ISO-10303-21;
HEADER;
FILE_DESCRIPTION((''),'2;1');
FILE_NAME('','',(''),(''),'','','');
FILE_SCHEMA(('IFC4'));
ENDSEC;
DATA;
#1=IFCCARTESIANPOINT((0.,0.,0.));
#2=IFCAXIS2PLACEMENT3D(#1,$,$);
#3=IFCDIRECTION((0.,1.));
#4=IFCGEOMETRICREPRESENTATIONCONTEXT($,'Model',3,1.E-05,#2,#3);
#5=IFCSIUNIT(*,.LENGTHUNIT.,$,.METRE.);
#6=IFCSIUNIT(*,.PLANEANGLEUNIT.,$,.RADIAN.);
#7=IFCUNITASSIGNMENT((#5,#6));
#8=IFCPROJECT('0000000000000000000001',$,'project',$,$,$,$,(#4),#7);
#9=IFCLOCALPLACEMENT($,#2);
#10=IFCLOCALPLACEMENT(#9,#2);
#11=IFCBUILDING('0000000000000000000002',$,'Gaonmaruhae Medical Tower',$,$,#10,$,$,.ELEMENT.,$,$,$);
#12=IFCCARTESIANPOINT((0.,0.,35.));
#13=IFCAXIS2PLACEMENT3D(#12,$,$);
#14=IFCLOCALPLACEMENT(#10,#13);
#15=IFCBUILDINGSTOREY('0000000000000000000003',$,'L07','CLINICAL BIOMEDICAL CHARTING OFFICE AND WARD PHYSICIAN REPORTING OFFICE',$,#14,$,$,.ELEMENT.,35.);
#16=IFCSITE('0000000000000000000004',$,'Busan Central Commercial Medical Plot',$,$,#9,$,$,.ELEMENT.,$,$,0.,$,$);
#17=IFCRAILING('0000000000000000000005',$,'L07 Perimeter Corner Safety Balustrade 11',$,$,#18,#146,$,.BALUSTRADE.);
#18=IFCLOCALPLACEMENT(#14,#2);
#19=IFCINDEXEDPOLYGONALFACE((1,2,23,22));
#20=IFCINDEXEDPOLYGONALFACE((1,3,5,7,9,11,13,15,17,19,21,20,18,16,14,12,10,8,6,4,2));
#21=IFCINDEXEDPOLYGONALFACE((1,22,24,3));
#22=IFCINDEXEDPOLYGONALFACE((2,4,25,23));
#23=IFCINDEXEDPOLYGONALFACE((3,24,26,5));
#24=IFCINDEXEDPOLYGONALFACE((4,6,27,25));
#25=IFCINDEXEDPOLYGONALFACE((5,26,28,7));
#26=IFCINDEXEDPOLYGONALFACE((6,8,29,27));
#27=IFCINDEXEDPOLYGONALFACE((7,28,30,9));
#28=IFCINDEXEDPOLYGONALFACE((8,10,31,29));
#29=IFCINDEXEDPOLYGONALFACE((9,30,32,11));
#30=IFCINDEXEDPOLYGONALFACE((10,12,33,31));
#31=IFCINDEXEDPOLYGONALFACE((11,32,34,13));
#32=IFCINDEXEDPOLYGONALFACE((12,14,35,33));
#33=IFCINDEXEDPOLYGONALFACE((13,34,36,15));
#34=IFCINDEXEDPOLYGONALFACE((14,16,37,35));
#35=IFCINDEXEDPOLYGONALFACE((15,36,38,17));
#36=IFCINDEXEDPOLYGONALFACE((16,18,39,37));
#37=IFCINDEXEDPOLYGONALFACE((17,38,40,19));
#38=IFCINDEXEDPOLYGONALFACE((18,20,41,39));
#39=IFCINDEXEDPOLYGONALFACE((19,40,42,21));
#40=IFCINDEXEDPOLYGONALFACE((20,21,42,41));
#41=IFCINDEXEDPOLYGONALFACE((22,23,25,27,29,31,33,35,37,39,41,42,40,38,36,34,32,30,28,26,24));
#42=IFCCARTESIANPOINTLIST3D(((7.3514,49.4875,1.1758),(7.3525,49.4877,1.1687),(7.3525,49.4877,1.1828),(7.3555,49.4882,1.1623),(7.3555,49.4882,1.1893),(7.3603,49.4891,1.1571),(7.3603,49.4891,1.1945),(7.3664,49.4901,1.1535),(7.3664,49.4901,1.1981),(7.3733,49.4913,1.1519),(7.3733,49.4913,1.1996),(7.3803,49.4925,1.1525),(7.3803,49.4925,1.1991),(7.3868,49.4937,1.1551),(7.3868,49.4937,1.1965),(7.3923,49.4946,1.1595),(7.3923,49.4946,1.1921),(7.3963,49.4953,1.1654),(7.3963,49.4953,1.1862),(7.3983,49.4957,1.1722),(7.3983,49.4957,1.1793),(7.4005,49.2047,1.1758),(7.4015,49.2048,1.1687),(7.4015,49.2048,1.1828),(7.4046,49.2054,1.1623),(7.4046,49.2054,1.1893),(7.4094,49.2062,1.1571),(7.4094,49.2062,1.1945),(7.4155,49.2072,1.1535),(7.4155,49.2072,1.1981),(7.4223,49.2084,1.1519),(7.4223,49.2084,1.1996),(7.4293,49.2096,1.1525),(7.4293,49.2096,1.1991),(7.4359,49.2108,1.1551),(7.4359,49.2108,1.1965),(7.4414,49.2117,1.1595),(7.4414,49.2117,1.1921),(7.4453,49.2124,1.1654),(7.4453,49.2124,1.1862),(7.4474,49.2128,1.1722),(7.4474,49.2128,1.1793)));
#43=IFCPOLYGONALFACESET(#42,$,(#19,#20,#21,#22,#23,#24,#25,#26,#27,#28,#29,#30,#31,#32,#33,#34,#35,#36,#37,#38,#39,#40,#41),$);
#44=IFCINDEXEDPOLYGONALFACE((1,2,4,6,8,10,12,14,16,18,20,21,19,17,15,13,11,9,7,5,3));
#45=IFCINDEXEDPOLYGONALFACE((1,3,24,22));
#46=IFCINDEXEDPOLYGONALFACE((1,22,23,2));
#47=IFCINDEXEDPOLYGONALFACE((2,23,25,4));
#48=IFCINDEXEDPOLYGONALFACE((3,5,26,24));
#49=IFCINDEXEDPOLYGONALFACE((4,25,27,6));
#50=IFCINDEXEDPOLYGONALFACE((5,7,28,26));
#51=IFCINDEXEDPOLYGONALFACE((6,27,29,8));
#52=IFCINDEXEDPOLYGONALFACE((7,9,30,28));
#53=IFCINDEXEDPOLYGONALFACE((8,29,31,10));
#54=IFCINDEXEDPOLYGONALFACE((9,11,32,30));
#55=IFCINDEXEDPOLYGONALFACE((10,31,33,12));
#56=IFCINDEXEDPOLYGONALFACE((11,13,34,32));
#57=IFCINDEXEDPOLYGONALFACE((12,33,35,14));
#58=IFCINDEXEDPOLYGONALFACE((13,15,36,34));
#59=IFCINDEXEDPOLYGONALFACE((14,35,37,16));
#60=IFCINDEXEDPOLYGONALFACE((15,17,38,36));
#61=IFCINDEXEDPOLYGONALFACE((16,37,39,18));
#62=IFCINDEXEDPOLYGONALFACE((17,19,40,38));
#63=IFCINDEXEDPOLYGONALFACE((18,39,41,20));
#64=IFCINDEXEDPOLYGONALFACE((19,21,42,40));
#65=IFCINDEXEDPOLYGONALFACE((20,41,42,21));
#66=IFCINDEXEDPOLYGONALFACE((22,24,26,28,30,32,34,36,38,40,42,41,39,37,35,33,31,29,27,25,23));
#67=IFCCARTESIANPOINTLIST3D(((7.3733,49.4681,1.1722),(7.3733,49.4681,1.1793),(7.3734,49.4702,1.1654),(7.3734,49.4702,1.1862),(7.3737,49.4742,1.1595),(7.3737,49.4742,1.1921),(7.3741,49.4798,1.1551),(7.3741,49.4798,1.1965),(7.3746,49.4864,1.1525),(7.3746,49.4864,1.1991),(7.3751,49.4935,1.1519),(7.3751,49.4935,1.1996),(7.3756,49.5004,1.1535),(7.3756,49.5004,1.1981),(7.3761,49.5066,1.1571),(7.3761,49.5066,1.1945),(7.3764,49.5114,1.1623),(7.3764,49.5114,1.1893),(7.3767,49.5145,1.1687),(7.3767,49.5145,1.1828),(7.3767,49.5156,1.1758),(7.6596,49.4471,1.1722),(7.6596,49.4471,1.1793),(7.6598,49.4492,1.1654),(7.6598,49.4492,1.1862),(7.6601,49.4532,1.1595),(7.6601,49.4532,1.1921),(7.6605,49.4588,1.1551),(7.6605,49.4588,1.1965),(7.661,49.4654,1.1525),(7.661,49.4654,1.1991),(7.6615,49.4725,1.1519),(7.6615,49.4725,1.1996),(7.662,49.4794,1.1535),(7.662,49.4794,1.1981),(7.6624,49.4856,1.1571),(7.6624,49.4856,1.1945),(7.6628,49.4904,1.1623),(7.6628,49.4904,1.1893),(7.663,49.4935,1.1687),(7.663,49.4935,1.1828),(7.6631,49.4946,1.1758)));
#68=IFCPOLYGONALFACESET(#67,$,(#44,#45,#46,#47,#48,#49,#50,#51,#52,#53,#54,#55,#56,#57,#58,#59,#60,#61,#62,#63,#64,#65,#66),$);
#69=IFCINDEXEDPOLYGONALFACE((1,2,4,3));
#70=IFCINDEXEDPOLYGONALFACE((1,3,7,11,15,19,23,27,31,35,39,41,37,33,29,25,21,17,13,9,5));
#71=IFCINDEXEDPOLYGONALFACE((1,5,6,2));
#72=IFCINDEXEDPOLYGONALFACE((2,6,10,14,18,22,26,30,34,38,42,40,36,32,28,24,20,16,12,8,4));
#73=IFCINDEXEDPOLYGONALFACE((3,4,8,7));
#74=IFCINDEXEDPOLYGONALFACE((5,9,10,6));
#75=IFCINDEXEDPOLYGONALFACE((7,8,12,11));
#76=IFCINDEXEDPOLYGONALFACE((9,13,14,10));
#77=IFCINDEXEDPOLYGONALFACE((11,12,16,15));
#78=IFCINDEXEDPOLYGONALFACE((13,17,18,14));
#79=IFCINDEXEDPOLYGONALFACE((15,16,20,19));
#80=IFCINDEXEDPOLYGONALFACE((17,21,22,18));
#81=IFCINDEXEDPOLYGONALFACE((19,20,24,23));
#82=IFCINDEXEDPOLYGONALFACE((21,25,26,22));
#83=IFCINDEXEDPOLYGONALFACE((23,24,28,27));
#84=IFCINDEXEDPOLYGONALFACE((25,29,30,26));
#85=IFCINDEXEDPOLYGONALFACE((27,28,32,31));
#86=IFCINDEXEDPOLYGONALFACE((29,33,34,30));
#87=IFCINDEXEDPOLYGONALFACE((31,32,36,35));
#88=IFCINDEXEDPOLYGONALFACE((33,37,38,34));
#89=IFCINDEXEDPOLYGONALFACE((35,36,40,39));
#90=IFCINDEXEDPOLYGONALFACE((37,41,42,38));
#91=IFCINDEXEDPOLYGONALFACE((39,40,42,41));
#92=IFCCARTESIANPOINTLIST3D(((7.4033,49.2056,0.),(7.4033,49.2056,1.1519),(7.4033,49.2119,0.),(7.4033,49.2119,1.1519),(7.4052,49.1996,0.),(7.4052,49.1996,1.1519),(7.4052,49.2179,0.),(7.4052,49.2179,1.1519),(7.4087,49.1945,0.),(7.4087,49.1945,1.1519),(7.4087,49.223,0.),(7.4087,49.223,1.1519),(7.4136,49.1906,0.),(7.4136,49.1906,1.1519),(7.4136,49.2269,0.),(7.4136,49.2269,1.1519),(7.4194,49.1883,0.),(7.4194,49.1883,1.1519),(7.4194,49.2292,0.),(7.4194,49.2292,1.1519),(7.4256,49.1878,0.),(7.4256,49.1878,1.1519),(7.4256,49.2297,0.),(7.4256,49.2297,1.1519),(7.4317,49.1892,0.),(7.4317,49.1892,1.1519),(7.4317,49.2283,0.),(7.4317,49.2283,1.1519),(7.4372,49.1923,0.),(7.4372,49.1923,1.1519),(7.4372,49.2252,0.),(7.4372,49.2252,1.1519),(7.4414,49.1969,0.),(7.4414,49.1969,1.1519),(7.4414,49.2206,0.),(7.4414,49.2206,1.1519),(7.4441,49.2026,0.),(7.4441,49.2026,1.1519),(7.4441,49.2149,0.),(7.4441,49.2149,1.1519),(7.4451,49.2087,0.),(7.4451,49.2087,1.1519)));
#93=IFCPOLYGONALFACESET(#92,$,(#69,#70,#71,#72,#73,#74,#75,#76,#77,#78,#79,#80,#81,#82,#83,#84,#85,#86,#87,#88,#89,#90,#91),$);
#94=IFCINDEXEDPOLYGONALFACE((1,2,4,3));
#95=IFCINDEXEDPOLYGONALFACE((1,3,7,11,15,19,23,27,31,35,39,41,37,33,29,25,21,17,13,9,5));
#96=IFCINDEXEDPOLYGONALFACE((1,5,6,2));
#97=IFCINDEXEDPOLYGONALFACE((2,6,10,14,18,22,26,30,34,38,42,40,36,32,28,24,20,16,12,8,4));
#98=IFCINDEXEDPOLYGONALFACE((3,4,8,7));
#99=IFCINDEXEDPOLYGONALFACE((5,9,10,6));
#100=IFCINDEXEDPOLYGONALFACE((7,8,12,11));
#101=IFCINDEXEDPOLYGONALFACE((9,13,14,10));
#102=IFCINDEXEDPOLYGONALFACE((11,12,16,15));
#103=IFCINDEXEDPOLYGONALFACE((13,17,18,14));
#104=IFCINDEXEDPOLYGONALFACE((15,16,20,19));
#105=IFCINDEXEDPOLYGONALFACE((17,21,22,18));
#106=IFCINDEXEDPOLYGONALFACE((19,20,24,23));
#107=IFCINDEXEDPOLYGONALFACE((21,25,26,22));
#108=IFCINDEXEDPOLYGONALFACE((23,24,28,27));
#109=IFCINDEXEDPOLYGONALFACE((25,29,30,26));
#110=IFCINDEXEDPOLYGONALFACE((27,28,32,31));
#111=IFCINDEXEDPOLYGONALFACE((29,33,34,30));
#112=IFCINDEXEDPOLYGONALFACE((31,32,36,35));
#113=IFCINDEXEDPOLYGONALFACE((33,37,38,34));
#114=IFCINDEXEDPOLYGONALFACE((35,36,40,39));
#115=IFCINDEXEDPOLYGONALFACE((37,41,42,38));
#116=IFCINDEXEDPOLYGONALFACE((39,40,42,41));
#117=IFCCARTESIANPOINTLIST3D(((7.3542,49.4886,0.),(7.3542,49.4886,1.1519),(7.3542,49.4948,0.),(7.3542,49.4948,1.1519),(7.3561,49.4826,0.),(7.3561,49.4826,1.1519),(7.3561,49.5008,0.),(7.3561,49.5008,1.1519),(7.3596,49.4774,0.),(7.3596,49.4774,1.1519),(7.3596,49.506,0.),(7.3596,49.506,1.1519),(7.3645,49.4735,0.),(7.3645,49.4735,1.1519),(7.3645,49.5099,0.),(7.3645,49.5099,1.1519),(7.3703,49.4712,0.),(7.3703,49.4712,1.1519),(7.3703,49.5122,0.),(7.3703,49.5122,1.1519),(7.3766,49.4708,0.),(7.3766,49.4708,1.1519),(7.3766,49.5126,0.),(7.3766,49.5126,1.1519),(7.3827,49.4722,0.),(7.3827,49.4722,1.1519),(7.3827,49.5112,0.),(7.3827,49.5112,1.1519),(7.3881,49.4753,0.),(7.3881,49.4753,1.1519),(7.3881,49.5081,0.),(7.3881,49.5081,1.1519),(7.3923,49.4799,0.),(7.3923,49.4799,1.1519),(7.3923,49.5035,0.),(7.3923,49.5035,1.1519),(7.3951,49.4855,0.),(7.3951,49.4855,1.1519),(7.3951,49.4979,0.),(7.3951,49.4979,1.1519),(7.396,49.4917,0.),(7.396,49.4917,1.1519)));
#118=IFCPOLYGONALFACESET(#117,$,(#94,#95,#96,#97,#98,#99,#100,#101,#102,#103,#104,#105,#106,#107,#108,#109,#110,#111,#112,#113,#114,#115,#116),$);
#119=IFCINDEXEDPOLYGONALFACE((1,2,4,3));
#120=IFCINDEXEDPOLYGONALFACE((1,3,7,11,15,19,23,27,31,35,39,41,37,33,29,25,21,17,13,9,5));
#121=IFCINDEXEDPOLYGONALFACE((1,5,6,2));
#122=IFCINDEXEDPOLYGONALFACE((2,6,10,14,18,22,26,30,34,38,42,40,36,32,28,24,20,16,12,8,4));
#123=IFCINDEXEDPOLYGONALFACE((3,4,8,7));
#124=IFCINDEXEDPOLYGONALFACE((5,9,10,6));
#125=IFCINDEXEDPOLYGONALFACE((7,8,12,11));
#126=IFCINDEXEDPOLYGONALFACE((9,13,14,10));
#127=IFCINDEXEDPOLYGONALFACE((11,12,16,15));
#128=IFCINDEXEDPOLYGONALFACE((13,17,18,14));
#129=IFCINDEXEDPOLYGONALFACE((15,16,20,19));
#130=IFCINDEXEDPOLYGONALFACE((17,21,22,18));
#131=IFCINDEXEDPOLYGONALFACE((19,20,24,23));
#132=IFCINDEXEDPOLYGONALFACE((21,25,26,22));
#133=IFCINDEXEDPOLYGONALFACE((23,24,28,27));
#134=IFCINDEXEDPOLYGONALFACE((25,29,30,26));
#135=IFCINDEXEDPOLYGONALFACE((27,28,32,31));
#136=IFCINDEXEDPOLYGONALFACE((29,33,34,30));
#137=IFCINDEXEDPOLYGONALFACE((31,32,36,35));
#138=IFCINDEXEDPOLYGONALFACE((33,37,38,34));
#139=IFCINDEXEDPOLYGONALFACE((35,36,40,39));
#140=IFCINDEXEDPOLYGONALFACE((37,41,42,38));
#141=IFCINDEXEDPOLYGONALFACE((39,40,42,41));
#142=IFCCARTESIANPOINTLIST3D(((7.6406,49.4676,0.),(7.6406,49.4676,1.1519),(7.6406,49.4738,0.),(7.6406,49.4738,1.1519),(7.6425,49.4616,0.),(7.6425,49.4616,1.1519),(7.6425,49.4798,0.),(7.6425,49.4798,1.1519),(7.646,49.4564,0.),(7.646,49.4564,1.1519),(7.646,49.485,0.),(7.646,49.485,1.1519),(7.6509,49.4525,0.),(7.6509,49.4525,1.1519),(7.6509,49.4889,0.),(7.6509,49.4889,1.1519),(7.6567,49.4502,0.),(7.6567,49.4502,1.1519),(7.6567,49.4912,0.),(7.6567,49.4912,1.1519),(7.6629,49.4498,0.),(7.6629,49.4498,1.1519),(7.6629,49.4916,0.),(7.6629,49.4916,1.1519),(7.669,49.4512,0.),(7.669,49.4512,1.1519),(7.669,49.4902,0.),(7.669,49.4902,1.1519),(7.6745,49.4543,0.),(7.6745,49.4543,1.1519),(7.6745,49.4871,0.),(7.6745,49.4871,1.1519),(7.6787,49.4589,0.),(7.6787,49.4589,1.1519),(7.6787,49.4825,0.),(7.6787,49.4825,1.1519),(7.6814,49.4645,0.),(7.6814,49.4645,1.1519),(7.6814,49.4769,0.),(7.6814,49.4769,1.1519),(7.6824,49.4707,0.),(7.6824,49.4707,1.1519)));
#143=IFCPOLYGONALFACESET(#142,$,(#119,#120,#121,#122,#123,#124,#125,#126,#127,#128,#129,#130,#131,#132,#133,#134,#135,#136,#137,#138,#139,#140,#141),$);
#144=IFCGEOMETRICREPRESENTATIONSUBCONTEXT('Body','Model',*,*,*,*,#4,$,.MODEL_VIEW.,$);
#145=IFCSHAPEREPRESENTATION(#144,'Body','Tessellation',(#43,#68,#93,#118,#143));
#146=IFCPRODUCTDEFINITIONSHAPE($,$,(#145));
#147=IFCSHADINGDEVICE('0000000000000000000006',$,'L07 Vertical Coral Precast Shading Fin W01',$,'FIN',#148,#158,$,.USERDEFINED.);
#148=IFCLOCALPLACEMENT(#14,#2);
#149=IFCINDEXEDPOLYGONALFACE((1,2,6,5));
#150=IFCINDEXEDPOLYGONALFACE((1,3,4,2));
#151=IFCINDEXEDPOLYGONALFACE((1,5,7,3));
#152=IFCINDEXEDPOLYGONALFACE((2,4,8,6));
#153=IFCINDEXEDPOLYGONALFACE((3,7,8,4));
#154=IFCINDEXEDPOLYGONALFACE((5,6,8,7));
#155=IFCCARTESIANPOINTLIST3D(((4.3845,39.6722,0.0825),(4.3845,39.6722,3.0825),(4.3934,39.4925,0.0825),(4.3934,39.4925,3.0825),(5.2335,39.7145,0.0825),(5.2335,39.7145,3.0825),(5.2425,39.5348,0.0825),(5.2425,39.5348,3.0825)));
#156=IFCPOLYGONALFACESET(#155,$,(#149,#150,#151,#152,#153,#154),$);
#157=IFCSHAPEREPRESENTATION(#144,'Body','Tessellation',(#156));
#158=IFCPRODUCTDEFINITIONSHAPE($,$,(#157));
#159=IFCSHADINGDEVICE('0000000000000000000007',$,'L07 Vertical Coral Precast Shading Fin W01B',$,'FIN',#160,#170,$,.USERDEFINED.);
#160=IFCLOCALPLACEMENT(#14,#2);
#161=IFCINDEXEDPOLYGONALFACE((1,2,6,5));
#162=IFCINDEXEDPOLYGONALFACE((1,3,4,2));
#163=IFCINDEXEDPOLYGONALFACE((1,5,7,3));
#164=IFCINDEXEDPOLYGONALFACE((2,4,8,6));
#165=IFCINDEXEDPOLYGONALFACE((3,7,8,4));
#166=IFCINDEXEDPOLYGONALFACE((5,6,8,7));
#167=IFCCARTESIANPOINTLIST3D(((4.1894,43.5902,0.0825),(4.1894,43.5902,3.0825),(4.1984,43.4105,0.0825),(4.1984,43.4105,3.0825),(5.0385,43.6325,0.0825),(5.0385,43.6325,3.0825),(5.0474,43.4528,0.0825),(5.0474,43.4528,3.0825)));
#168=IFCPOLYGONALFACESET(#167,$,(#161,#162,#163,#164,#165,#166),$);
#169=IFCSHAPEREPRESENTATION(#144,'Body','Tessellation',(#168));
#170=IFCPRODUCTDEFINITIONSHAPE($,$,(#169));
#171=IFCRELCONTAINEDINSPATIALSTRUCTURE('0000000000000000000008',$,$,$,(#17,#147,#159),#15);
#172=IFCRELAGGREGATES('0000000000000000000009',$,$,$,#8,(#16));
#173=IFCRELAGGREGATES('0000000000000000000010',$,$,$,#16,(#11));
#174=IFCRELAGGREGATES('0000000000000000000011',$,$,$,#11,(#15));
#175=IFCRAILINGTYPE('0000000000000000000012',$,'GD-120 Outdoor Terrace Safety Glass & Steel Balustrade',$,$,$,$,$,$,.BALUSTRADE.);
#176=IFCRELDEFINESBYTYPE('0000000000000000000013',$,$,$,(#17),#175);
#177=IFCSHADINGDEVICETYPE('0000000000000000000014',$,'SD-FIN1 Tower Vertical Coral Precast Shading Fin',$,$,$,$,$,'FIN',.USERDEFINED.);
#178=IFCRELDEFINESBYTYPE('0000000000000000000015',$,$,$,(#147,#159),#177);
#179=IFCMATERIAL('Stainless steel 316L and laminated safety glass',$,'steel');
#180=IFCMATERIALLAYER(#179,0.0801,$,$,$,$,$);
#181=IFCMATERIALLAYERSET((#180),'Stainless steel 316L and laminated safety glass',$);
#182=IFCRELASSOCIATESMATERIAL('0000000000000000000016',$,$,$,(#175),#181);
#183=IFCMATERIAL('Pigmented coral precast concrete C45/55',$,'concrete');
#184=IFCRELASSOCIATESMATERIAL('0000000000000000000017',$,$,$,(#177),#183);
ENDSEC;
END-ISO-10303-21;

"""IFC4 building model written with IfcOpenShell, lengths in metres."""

from ifc_helpers import new_model, si_unit, direction, frame, origin, origin_2d, place, context, subcontext, project, spatial, rectangle, circle, extrude, material, layer, layer_set, type_object, element, save


model = new_model("IFC4")

# Units and contexts
model_context = context("Model", 3, precision=1e-05, world=origin(), true_north=direction((0.0, 1.0)))
body_context = subcontext(model_context, "Body", "Model", "MODEL_VIEW")
ifc_project = project(units=[si_unit("LENGTHUNIT", "METRE"), si_unit("PLANEANGLEUNIT", "RADIAN")], contexts=[model_context])

# Site, building, storey
site_placement = place(None, origin())
site = spatial("IfcSite", under=ifc_project, at=site_placement, Name="Busan Central Commercial Medical Plot", CompositionType="ELEMENT", RefElevation=0.0)
building_placement = place(site_placement, origin())
building = spatial("IfcBuilding", under=site, at=building_placement, Name="Gaonmaruhae Medical Tower", CompositionType="ELEMENT")
storey_placement = place(building_placement, frame((0.0, 0.0, 35.0)))
storey = spatial("IfcBuildingStorey", under=building, at=storey_placement, Name="L07", Description="CLINICAL BIOMEDICAL CHARTING OFFICE AND WARD PHYSICIAN REPORTING OFFICE", CompositionType="ELEMENT", Elevation=35.0)

# Railing
ifc_material_1 = material(Name="Stainless steel 316L and laminated safety glass", Category="steel")
ifc_layer_1 = layer(ifc_material_1, 0.0801)
ifc_layer_set_1 = layer_set([ifc_layer_1], Name="Stainless steel 316L and laminated safety glass")
railing_type = type_object("IfcRailingType", Name="GD-120 Outdoor Terrace Safety Glass & Steel Balustrade", PredefinedType="BALUSTRADE", material=ifc_layer_set_1)
railing_1_placement = place(storey_placement, frame((7.4241, 49.2087, 0.0)))
element("IfcRailing", 1, at=railing_1_placement, inside=storey, type_object=railing_type, Name="L07 Perimeter Corner Safety Balustrade 11", PredefinedType="BALUSTRADE", context=body_context, shape_type="SweptSolid", body=[
    extrude(circle(Radius=0.0239, at=origin_2d()), frame((0.0, 0.0, 1.1758), z_axis=(-0.170875, 0.985293, 0.0), x_axis=(-0.985293, -0.170875, 0.0)), (0.0, 0.0, 1.0), 0.2871),
    extrude(circle(Radius=0.0239, at=origin_2d()), frame((-0.0491, 0.283, 1.1758), z_axis=(0.997323, -0.07312, 0.0), x_axis=(0.07312, 0.997323, 0.0)), (0.0, 0.0, 1.0), 0.2871),
    extrude(circle(Radius=0.021, at=origin_2d()), origin(), (0.0, 0.0, 1.0), 1.1519),
    extrude(circle(Radius=0.021, at=origin_2d()), frame((-0.0491, 0.283, 0.0)), (0.0, 0.0, 1.0), 1.1519),
    extrude(circle(Radius=0.021, at=origin_2d()), frame((0.2373, 0.262, 0.0)), (0.0, 0.0, 1.0), 1.1519),
])

# Shading devices
ifc_material_2 = material(Name="Pigmented coral precast concrete C45/55", Category="concrete")
shading_device_type = type_object("IfcShadingDeviceType", Name="SD-FIN1 Tower Vertical Coral Precast Shading Fin", ElementType="FIN", PredefinedType="USERDEFINED", material=ifc_material_2)
for number, where, z_axis, x_axis, name in (
    (2, (4.8135, 39.6035, 0.0825), (0.0, 0.0, 1.0), (-0.049721, 0.998763, 0.0), "L07 Vertical Coral Precast Shading Fin W01"),
    (3, (4.6184, 43.5215, 0.0825), (0.0, 0.0, 1.0), (-0.049721, 0.998763, 0.0), "L07 Vertical Coral Precast Shading Fin W01B"),
):
    element("IfcShadingDevice", number, at=place(storey_placement, frame(where, z_axis=z_axis, x_axis=x_axis)), inside=storey, type_object=shading_device_type, Name=name, ObjectType="FIN", PredefinedType="USERDEFINED", context=body_context, shape_type="SweptSolid", body=[
        extrude(rectangle(XDim=0.1799, YDim=0.8501, at=origin_2d()), origin(), (0.0, 0.0, 1.0), 3.0),
    ])

save(model, "model.ifc")
